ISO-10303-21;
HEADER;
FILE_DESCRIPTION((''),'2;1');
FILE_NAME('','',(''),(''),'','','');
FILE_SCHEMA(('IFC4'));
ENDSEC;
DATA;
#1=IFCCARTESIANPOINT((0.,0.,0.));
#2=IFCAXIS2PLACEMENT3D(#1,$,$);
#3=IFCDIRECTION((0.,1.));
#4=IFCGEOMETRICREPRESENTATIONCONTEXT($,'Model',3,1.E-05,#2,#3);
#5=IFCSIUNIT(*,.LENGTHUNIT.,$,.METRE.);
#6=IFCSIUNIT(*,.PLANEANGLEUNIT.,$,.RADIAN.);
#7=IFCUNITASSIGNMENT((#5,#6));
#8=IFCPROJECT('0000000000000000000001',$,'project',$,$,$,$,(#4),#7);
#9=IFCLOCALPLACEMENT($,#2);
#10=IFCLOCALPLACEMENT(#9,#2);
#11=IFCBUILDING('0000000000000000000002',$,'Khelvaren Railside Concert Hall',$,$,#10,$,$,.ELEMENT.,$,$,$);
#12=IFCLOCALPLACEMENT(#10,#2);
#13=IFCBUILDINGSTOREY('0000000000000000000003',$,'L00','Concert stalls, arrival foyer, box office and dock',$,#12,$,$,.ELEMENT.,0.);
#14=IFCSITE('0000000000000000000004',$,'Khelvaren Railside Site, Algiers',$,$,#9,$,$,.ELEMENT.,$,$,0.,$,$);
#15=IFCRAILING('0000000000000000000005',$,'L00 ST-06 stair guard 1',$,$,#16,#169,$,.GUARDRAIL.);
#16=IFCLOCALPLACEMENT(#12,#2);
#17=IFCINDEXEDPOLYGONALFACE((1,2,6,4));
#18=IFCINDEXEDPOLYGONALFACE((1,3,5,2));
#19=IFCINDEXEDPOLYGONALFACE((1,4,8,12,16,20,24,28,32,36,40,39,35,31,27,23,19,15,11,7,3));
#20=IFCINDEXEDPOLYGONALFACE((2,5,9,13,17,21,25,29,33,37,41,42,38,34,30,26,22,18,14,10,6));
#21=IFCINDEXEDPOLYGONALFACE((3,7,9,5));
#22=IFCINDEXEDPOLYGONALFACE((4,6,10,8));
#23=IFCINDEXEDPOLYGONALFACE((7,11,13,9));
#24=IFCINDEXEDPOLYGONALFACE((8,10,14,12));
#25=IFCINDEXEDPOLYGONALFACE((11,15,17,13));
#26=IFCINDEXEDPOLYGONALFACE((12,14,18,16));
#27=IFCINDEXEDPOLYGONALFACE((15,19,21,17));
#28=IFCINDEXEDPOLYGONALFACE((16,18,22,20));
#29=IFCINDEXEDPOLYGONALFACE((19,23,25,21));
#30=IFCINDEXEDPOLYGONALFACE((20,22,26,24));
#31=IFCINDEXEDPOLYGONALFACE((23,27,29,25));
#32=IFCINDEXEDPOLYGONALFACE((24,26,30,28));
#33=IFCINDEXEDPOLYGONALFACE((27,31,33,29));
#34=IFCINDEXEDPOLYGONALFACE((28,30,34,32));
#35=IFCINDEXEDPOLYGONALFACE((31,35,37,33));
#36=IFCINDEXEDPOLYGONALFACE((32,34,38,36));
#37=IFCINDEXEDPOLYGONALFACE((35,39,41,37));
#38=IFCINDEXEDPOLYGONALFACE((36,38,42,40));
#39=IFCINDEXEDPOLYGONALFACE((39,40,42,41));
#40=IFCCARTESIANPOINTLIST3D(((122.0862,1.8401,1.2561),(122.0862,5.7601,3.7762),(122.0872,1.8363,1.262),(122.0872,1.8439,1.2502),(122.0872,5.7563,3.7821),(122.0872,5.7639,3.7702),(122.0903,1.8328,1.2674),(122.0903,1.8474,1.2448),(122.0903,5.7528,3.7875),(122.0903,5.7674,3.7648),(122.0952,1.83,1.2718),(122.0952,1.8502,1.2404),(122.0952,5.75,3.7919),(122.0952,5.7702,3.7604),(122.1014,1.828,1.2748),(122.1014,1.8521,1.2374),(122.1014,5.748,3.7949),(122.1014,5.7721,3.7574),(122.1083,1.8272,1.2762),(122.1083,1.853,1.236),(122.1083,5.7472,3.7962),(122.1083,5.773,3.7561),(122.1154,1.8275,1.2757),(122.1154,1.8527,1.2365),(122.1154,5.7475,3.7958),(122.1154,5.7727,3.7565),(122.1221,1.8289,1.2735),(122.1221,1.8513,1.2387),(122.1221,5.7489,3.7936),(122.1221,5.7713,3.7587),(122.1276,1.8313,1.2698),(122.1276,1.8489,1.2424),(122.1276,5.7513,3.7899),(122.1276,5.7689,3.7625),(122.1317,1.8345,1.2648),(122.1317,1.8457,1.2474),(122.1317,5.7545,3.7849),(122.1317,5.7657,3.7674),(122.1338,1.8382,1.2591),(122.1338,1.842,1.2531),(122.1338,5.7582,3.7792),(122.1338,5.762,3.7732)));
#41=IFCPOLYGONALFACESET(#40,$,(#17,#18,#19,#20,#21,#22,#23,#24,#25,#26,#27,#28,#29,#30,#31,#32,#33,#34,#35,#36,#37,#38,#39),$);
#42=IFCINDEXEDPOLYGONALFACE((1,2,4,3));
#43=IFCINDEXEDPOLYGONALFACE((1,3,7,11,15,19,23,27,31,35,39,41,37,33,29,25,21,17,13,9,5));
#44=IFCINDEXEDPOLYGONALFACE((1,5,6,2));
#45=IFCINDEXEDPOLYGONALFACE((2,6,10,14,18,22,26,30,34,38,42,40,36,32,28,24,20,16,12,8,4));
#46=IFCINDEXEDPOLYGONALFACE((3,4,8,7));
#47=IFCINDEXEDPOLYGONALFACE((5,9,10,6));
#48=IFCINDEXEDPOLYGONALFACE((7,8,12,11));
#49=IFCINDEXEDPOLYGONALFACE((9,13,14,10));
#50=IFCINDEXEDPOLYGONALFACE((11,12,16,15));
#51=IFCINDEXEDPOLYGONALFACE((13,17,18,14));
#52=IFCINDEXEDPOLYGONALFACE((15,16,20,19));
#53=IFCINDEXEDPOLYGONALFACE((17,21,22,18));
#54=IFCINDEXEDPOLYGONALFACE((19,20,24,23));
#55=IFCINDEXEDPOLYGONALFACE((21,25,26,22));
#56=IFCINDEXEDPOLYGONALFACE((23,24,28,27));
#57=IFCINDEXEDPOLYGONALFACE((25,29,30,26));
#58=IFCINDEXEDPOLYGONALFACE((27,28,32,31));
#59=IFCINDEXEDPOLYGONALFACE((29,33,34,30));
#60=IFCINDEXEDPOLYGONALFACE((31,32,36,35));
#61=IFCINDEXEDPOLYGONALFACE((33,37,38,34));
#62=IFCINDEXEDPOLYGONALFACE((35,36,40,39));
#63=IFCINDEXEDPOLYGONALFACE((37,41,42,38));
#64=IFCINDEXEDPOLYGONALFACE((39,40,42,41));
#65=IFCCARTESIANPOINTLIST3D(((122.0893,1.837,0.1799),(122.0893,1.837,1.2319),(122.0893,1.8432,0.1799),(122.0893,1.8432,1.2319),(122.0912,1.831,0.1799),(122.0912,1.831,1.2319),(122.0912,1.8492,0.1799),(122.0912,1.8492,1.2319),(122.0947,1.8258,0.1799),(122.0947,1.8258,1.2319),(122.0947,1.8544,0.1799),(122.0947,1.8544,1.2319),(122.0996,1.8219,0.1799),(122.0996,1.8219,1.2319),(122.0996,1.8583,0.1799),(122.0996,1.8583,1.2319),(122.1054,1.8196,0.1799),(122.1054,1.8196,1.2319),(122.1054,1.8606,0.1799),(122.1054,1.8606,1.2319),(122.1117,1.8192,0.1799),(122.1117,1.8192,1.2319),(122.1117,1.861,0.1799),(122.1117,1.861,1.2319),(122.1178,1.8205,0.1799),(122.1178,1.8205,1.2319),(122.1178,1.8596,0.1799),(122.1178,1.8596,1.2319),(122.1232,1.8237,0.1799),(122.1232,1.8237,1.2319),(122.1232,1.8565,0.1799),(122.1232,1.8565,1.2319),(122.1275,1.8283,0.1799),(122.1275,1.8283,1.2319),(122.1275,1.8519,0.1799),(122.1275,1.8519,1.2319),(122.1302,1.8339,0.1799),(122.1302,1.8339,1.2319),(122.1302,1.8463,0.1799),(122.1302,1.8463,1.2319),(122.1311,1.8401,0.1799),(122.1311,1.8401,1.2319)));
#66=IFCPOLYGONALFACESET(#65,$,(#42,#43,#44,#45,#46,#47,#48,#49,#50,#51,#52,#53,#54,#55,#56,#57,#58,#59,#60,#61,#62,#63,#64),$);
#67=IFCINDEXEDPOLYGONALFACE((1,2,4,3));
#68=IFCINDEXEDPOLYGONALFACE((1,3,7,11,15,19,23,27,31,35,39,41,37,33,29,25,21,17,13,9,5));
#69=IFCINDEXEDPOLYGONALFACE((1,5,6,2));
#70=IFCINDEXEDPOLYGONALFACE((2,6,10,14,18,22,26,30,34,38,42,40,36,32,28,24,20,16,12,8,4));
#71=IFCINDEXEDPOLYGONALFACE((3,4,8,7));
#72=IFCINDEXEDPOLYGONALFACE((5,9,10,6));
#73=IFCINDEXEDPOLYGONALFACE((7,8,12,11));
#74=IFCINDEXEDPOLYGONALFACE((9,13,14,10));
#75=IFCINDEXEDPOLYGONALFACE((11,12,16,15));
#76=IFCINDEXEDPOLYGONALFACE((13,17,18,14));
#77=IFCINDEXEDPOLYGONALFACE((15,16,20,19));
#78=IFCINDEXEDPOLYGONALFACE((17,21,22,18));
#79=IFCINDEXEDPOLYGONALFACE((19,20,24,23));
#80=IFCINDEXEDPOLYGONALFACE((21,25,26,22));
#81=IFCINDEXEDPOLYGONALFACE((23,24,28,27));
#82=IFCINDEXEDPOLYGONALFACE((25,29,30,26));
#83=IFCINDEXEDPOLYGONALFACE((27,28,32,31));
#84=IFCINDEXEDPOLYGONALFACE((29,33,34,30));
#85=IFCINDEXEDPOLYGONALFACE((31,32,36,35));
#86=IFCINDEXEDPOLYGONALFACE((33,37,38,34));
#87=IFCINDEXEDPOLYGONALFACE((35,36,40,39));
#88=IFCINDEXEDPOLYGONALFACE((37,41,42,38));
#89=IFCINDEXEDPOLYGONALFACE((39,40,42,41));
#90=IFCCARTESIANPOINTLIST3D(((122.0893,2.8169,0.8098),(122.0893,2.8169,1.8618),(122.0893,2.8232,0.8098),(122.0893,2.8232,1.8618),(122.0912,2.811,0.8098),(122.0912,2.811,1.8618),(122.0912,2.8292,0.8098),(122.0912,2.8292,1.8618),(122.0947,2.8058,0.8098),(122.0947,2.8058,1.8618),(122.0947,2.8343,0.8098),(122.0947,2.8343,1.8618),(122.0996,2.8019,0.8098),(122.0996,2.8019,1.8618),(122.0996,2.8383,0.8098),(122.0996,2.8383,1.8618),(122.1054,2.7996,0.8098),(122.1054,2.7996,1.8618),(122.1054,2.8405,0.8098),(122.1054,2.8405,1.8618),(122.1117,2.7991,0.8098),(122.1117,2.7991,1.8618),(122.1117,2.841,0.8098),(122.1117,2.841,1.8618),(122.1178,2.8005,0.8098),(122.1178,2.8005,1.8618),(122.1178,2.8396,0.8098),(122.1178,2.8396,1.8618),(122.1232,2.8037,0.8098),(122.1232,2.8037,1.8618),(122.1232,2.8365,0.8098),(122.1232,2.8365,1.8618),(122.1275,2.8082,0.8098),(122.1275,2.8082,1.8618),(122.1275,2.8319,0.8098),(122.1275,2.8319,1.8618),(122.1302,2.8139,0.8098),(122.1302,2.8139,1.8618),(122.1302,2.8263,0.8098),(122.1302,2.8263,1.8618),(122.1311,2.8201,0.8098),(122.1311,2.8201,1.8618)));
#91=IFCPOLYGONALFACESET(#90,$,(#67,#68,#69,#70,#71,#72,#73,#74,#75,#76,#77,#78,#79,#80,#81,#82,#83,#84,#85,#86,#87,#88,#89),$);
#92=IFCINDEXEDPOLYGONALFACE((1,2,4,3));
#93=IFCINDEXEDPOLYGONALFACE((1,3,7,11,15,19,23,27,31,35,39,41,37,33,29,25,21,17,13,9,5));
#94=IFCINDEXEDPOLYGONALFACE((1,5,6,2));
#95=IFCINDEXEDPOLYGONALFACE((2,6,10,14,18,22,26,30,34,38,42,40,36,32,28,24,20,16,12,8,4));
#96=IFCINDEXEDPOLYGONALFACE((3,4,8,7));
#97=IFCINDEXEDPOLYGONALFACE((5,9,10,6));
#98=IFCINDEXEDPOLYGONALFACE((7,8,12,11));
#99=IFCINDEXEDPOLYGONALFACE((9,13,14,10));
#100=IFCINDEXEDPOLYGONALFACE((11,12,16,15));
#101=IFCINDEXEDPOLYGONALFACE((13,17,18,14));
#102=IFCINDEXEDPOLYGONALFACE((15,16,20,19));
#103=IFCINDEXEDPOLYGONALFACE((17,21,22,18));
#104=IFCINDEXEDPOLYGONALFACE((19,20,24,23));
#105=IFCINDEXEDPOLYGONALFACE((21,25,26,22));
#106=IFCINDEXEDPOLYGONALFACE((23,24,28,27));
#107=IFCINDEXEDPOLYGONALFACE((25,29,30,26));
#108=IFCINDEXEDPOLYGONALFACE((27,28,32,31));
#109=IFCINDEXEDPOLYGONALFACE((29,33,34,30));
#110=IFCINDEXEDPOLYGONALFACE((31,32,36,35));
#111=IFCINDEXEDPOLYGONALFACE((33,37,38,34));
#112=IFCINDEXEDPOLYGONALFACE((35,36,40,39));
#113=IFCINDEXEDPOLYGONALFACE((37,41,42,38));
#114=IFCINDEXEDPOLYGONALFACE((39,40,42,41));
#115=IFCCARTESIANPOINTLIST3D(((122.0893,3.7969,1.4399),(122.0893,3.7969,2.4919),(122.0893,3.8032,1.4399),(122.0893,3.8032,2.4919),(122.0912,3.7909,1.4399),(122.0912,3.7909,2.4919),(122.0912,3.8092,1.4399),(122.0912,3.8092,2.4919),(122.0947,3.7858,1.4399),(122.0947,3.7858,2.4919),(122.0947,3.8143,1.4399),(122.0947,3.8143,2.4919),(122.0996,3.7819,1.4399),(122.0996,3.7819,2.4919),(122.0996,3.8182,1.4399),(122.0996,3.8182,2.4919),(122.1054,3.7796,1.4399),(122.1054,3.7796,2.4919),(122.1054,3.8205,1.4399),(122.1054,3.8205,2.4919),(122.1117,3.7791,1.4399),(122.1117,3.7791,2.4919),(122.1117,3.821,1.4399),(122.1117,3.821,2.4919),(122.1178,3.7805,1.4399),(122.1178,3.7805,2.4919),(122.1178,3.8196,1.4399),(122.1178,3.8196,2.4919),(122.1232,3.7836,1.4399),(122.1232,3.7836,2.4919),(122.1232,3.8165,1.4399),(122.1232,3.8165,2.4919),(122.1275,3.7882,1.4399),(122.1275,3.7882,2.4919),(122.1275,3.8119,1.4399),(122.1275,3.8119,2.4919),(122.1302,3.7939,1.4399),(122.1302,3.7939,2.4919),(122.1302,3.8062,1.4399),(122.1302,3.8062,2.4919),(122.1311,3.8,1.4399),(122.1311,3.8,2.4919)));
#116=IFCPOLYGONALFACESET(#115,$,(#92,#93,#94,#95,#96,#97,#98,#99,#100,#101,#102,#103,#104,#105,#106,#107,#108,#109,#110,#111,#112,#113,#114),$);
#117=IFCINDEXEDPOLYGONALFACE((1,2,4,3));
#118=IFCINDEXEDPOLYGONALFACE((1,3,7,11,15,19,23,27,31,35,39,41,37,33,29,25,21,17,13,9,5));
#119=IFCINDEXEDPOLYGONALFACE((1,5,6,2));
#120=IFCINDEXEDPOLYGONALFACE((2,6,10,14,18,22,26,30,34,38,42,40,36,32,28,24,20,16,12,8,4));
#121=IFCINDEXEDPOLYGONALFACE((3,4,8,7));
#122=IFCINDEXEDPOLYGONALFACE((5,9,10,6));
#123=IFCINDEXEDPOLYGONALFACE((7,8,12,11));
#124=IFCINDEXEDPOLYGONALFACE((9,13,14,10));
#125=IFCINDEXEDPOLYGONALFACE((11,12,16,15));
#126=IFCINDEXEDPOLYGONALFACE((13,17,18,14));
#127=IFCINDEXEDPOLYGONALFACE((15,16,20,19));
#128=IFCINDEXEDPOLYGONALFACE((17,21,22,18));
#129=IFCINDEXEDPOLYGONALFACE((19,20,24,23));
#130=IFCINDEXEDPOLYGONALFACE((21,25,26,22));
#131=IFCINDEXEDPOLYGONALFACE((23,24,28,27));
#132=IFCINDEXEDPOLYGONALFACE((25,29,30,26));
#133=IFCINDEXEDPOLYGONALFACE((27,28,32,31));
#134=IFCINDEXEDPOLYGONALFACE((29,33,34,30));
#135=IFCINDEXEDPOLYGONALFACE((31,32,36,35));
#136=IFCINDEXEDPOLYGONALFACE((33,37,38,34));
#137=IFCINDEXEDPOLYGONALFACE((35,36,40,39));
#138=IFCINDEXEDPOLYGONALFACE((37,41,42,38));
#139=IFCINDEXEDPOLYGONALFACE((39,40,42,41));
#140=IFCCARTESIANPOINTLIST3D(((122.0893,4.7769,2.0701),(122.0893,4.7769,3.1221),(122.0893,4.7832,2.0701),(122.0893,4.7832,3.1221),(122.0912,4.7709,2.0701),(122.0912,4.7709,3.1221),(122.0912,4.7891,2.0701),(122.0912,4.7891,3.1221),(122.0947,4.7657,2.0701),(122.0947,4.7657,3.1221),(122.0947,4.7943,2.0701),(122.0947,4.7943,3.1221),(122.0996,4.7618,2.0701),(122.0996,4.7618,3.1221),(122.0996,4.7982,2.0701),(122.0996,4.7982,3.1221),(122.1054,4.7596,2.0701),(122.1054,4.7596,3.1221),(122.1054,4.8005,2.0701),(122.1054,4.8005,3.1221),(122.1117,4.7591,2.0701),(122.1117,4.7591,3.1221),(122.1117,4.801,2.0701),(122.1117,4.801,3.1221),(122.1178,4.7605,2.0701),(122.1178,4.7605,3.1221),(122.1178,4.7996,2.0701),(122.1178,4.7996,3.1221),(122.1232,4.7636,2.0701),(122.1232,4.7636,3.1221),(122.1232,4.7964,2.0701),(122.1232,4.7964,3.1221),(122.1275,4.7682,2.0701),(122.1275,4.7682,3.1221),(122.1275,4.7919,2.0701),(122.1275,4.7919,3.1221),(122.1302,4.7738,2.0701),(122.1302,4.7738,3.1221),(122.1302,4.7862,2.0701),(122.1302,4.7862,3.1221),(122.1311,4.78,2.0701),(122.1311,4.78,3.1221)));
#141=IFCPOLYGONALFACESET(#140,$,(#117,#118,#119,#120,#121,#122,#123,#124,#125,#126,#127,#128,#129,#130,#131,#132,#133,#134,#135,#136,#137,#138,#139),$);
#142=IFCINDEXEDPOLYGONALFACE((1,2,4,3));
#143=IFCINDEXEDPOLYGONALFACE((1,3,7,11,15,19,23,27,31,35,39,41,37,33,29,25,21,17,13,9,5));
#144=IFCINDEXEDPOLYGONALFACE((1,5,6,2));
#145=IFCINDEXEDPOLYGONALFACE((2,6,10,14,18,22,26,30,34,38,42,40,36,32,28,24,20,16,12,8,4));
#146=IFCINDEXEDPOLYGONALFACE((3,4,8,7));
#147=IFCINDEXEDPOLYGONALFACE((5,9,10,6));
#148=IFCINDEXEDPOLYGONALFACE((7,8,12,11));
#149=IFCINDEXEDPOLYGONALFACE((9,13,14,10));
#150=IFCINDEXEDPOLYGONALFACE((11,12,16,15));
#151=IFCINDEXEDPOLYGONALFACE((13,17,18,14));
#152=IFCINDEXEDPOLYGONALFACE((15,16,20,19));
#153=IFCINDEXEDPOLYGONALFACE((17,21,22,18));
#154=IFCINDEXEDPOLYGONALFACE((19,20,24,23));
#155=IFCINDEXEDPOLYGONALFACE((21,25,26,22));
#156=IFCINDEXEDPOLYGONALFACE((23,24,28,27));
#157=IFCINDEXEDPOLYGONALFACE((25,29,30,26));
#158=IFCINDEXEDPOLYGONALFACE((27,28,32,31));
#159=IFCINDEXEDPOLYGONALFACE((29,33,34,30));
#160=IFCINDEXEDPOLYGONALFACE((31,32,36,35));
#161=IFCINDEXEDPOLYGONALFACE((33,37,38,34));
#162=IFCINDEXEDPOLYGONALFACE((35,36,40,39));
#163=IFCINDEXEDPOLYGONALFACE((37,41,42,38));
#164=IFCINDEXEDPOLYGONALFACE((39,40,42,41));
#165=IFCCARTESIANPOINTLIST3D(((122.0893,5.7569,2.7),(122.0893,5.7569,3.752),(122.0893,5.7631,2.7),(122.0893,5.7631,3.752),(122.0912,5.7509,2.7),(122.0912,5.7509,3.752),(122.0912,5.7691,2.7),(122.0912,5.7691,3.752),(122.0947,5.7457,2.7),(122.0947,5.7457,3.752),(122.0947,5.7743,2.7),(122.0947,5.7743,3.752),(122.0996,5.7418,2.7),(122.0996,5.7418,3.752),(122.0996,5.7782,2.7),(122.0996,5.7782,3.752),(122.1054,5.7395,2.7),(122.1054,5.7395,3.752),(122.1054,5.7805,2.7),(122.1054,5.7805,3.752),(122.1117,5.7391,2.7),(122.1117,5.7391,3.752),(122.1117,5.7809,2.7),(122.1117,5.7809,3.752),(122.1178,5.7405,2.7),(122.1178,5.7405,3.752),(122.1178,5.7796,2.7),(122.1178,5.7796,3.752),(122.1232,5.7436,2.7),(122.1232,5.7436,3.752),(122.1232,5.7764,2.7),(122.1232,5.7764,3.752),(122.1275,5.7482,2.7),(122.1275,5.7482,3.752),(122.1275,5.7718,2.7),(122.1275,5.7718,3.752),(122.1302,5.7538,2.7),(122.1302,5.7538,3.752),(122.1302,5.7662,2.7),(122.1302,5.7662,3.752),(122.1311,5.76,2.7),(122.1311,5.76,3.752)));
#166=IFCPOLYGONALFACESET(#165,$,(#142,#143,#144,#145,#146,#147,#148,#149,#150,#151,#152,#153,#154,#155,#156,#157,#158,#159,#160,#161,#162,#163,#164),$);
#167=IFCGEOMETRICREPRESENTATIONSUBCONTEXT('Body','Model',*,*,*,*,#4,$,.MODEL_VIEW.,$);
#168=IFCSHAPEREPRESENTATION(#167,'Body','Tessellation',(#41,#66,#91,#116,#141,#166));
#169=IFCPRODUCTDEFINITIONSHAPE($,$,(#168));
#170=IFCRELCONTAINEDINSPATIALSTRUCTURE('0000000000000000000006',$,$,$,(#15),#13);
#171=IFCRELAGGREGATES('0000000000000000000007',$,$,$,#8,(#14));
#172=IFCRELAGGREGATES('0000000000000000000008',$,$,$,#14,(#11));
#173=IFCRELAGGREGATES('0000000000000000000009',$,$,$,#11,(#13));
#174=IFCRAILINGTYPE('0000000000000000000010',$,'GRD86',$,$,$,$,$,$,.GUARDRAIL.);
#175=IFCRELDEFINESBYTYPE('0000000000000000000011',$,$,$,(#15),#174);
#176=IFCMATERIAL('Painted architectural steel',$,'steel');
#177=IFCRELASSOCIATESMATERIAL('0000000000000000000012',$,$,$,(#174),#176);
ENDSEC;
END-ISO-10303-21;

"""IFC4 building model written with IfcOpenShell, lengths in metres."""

from ifc_helpers import new_model, si_unit, direction, frame, origin, origin_2d, place, context, subcontext, project, spatial, circle, extrude, material, type_object, element, save


model = new_model("IFC4")

# Units and contexts
model_context = context("Model", 3, precision=1e-05, world=origin(), true_north=direction((0.0, 1.0)))
body_context = subcontext(model_context, "Body", "Model", "MODEL_VIEW")
ifc_project = project(units=[si_unit("LENGTHUNIT", "METRE"), si_unit("PLANEANGLEUNIT", "RADIAN")], contexts=[model_context])

# Site, building, storey
site_placement = place(None, origin())
site = spatial("IfcSite", under=ifc_project, at=site_placement, Name="Khelvaren Railside Site, Algiers", CompositionType="ELEMENT", RefElevation=0.0)
building_placement = place(site_placement, origin())
building = spatial("IfcBuilding", under=site, at=building_placement, Name="Khelvaren Railside Concert Hall", CompositionType="ELEMENT")
storey_placement = place(building_placement, origin())
storey = spatial("IfcBuildingStorey", under=building, at=storey_placement, Name="L00", Description="Concert stalls, arrival foyer, box office and dock", CompositionType="ELEMENT", Elevation=0.0)

# Railing
ifc_material_1 = material(Name="Painted architectural steel", Category="steel")
railing_type_1 = type_object("IfcRailingType", Name="GRD86", PredefinedType="GUARDRAIL", material=ifc_material_1)
railing_1_placement = place(storey_placement, frame((122.1101, 1.8401, 0.1799)))
element("IfcRailing", 1, at=railing_1_placement, inside=storey, type_object=railing_type_1, Name="L00 ST-06 stair guard 1", PredefinedType="GUARDRAIL", context=body_context, shape_type="SweptSolid", body=[
    extrude(circle(Radius=0.0239, at=origin_2d()), frame((0.0, 0.0, 1.0762), z_axis=(0.0, 0.841172, 0.540768), x_axis=(-1.0, 0.0, 0.0)), (0.0, 0.0, 1.0), 4.6602),
    extrude(circle(Radius=0.021, at=origin_2d()), origin(), (0.0, 0.0, 1.0), 1.052),
    extrude(circle(Radius=0.021, at=origin_2d()), frame((0.0, 0.98, 0.6299)), (0.0, 0.0, 1.0), 1.052),
    extrude(circle(Radius=0.021, at=origin_2d()), frame((0.0, 1.96, 1.26)), (0.0, 0.0, 1.0), 1.052),
    extrude(circle(Radius=0.021, at=origin_2d()), frame((0.0, 2.9399, 1.8901)), (0.0, 0.0, 1.0), 1.052),
    extrude(circle(Radius=0.021, at=origin_2d()), frame((0.0, 3.9199, 2.52)), (0.0, 0.0, 1.0), 1.052),
])

save(model, "model.ifc")
